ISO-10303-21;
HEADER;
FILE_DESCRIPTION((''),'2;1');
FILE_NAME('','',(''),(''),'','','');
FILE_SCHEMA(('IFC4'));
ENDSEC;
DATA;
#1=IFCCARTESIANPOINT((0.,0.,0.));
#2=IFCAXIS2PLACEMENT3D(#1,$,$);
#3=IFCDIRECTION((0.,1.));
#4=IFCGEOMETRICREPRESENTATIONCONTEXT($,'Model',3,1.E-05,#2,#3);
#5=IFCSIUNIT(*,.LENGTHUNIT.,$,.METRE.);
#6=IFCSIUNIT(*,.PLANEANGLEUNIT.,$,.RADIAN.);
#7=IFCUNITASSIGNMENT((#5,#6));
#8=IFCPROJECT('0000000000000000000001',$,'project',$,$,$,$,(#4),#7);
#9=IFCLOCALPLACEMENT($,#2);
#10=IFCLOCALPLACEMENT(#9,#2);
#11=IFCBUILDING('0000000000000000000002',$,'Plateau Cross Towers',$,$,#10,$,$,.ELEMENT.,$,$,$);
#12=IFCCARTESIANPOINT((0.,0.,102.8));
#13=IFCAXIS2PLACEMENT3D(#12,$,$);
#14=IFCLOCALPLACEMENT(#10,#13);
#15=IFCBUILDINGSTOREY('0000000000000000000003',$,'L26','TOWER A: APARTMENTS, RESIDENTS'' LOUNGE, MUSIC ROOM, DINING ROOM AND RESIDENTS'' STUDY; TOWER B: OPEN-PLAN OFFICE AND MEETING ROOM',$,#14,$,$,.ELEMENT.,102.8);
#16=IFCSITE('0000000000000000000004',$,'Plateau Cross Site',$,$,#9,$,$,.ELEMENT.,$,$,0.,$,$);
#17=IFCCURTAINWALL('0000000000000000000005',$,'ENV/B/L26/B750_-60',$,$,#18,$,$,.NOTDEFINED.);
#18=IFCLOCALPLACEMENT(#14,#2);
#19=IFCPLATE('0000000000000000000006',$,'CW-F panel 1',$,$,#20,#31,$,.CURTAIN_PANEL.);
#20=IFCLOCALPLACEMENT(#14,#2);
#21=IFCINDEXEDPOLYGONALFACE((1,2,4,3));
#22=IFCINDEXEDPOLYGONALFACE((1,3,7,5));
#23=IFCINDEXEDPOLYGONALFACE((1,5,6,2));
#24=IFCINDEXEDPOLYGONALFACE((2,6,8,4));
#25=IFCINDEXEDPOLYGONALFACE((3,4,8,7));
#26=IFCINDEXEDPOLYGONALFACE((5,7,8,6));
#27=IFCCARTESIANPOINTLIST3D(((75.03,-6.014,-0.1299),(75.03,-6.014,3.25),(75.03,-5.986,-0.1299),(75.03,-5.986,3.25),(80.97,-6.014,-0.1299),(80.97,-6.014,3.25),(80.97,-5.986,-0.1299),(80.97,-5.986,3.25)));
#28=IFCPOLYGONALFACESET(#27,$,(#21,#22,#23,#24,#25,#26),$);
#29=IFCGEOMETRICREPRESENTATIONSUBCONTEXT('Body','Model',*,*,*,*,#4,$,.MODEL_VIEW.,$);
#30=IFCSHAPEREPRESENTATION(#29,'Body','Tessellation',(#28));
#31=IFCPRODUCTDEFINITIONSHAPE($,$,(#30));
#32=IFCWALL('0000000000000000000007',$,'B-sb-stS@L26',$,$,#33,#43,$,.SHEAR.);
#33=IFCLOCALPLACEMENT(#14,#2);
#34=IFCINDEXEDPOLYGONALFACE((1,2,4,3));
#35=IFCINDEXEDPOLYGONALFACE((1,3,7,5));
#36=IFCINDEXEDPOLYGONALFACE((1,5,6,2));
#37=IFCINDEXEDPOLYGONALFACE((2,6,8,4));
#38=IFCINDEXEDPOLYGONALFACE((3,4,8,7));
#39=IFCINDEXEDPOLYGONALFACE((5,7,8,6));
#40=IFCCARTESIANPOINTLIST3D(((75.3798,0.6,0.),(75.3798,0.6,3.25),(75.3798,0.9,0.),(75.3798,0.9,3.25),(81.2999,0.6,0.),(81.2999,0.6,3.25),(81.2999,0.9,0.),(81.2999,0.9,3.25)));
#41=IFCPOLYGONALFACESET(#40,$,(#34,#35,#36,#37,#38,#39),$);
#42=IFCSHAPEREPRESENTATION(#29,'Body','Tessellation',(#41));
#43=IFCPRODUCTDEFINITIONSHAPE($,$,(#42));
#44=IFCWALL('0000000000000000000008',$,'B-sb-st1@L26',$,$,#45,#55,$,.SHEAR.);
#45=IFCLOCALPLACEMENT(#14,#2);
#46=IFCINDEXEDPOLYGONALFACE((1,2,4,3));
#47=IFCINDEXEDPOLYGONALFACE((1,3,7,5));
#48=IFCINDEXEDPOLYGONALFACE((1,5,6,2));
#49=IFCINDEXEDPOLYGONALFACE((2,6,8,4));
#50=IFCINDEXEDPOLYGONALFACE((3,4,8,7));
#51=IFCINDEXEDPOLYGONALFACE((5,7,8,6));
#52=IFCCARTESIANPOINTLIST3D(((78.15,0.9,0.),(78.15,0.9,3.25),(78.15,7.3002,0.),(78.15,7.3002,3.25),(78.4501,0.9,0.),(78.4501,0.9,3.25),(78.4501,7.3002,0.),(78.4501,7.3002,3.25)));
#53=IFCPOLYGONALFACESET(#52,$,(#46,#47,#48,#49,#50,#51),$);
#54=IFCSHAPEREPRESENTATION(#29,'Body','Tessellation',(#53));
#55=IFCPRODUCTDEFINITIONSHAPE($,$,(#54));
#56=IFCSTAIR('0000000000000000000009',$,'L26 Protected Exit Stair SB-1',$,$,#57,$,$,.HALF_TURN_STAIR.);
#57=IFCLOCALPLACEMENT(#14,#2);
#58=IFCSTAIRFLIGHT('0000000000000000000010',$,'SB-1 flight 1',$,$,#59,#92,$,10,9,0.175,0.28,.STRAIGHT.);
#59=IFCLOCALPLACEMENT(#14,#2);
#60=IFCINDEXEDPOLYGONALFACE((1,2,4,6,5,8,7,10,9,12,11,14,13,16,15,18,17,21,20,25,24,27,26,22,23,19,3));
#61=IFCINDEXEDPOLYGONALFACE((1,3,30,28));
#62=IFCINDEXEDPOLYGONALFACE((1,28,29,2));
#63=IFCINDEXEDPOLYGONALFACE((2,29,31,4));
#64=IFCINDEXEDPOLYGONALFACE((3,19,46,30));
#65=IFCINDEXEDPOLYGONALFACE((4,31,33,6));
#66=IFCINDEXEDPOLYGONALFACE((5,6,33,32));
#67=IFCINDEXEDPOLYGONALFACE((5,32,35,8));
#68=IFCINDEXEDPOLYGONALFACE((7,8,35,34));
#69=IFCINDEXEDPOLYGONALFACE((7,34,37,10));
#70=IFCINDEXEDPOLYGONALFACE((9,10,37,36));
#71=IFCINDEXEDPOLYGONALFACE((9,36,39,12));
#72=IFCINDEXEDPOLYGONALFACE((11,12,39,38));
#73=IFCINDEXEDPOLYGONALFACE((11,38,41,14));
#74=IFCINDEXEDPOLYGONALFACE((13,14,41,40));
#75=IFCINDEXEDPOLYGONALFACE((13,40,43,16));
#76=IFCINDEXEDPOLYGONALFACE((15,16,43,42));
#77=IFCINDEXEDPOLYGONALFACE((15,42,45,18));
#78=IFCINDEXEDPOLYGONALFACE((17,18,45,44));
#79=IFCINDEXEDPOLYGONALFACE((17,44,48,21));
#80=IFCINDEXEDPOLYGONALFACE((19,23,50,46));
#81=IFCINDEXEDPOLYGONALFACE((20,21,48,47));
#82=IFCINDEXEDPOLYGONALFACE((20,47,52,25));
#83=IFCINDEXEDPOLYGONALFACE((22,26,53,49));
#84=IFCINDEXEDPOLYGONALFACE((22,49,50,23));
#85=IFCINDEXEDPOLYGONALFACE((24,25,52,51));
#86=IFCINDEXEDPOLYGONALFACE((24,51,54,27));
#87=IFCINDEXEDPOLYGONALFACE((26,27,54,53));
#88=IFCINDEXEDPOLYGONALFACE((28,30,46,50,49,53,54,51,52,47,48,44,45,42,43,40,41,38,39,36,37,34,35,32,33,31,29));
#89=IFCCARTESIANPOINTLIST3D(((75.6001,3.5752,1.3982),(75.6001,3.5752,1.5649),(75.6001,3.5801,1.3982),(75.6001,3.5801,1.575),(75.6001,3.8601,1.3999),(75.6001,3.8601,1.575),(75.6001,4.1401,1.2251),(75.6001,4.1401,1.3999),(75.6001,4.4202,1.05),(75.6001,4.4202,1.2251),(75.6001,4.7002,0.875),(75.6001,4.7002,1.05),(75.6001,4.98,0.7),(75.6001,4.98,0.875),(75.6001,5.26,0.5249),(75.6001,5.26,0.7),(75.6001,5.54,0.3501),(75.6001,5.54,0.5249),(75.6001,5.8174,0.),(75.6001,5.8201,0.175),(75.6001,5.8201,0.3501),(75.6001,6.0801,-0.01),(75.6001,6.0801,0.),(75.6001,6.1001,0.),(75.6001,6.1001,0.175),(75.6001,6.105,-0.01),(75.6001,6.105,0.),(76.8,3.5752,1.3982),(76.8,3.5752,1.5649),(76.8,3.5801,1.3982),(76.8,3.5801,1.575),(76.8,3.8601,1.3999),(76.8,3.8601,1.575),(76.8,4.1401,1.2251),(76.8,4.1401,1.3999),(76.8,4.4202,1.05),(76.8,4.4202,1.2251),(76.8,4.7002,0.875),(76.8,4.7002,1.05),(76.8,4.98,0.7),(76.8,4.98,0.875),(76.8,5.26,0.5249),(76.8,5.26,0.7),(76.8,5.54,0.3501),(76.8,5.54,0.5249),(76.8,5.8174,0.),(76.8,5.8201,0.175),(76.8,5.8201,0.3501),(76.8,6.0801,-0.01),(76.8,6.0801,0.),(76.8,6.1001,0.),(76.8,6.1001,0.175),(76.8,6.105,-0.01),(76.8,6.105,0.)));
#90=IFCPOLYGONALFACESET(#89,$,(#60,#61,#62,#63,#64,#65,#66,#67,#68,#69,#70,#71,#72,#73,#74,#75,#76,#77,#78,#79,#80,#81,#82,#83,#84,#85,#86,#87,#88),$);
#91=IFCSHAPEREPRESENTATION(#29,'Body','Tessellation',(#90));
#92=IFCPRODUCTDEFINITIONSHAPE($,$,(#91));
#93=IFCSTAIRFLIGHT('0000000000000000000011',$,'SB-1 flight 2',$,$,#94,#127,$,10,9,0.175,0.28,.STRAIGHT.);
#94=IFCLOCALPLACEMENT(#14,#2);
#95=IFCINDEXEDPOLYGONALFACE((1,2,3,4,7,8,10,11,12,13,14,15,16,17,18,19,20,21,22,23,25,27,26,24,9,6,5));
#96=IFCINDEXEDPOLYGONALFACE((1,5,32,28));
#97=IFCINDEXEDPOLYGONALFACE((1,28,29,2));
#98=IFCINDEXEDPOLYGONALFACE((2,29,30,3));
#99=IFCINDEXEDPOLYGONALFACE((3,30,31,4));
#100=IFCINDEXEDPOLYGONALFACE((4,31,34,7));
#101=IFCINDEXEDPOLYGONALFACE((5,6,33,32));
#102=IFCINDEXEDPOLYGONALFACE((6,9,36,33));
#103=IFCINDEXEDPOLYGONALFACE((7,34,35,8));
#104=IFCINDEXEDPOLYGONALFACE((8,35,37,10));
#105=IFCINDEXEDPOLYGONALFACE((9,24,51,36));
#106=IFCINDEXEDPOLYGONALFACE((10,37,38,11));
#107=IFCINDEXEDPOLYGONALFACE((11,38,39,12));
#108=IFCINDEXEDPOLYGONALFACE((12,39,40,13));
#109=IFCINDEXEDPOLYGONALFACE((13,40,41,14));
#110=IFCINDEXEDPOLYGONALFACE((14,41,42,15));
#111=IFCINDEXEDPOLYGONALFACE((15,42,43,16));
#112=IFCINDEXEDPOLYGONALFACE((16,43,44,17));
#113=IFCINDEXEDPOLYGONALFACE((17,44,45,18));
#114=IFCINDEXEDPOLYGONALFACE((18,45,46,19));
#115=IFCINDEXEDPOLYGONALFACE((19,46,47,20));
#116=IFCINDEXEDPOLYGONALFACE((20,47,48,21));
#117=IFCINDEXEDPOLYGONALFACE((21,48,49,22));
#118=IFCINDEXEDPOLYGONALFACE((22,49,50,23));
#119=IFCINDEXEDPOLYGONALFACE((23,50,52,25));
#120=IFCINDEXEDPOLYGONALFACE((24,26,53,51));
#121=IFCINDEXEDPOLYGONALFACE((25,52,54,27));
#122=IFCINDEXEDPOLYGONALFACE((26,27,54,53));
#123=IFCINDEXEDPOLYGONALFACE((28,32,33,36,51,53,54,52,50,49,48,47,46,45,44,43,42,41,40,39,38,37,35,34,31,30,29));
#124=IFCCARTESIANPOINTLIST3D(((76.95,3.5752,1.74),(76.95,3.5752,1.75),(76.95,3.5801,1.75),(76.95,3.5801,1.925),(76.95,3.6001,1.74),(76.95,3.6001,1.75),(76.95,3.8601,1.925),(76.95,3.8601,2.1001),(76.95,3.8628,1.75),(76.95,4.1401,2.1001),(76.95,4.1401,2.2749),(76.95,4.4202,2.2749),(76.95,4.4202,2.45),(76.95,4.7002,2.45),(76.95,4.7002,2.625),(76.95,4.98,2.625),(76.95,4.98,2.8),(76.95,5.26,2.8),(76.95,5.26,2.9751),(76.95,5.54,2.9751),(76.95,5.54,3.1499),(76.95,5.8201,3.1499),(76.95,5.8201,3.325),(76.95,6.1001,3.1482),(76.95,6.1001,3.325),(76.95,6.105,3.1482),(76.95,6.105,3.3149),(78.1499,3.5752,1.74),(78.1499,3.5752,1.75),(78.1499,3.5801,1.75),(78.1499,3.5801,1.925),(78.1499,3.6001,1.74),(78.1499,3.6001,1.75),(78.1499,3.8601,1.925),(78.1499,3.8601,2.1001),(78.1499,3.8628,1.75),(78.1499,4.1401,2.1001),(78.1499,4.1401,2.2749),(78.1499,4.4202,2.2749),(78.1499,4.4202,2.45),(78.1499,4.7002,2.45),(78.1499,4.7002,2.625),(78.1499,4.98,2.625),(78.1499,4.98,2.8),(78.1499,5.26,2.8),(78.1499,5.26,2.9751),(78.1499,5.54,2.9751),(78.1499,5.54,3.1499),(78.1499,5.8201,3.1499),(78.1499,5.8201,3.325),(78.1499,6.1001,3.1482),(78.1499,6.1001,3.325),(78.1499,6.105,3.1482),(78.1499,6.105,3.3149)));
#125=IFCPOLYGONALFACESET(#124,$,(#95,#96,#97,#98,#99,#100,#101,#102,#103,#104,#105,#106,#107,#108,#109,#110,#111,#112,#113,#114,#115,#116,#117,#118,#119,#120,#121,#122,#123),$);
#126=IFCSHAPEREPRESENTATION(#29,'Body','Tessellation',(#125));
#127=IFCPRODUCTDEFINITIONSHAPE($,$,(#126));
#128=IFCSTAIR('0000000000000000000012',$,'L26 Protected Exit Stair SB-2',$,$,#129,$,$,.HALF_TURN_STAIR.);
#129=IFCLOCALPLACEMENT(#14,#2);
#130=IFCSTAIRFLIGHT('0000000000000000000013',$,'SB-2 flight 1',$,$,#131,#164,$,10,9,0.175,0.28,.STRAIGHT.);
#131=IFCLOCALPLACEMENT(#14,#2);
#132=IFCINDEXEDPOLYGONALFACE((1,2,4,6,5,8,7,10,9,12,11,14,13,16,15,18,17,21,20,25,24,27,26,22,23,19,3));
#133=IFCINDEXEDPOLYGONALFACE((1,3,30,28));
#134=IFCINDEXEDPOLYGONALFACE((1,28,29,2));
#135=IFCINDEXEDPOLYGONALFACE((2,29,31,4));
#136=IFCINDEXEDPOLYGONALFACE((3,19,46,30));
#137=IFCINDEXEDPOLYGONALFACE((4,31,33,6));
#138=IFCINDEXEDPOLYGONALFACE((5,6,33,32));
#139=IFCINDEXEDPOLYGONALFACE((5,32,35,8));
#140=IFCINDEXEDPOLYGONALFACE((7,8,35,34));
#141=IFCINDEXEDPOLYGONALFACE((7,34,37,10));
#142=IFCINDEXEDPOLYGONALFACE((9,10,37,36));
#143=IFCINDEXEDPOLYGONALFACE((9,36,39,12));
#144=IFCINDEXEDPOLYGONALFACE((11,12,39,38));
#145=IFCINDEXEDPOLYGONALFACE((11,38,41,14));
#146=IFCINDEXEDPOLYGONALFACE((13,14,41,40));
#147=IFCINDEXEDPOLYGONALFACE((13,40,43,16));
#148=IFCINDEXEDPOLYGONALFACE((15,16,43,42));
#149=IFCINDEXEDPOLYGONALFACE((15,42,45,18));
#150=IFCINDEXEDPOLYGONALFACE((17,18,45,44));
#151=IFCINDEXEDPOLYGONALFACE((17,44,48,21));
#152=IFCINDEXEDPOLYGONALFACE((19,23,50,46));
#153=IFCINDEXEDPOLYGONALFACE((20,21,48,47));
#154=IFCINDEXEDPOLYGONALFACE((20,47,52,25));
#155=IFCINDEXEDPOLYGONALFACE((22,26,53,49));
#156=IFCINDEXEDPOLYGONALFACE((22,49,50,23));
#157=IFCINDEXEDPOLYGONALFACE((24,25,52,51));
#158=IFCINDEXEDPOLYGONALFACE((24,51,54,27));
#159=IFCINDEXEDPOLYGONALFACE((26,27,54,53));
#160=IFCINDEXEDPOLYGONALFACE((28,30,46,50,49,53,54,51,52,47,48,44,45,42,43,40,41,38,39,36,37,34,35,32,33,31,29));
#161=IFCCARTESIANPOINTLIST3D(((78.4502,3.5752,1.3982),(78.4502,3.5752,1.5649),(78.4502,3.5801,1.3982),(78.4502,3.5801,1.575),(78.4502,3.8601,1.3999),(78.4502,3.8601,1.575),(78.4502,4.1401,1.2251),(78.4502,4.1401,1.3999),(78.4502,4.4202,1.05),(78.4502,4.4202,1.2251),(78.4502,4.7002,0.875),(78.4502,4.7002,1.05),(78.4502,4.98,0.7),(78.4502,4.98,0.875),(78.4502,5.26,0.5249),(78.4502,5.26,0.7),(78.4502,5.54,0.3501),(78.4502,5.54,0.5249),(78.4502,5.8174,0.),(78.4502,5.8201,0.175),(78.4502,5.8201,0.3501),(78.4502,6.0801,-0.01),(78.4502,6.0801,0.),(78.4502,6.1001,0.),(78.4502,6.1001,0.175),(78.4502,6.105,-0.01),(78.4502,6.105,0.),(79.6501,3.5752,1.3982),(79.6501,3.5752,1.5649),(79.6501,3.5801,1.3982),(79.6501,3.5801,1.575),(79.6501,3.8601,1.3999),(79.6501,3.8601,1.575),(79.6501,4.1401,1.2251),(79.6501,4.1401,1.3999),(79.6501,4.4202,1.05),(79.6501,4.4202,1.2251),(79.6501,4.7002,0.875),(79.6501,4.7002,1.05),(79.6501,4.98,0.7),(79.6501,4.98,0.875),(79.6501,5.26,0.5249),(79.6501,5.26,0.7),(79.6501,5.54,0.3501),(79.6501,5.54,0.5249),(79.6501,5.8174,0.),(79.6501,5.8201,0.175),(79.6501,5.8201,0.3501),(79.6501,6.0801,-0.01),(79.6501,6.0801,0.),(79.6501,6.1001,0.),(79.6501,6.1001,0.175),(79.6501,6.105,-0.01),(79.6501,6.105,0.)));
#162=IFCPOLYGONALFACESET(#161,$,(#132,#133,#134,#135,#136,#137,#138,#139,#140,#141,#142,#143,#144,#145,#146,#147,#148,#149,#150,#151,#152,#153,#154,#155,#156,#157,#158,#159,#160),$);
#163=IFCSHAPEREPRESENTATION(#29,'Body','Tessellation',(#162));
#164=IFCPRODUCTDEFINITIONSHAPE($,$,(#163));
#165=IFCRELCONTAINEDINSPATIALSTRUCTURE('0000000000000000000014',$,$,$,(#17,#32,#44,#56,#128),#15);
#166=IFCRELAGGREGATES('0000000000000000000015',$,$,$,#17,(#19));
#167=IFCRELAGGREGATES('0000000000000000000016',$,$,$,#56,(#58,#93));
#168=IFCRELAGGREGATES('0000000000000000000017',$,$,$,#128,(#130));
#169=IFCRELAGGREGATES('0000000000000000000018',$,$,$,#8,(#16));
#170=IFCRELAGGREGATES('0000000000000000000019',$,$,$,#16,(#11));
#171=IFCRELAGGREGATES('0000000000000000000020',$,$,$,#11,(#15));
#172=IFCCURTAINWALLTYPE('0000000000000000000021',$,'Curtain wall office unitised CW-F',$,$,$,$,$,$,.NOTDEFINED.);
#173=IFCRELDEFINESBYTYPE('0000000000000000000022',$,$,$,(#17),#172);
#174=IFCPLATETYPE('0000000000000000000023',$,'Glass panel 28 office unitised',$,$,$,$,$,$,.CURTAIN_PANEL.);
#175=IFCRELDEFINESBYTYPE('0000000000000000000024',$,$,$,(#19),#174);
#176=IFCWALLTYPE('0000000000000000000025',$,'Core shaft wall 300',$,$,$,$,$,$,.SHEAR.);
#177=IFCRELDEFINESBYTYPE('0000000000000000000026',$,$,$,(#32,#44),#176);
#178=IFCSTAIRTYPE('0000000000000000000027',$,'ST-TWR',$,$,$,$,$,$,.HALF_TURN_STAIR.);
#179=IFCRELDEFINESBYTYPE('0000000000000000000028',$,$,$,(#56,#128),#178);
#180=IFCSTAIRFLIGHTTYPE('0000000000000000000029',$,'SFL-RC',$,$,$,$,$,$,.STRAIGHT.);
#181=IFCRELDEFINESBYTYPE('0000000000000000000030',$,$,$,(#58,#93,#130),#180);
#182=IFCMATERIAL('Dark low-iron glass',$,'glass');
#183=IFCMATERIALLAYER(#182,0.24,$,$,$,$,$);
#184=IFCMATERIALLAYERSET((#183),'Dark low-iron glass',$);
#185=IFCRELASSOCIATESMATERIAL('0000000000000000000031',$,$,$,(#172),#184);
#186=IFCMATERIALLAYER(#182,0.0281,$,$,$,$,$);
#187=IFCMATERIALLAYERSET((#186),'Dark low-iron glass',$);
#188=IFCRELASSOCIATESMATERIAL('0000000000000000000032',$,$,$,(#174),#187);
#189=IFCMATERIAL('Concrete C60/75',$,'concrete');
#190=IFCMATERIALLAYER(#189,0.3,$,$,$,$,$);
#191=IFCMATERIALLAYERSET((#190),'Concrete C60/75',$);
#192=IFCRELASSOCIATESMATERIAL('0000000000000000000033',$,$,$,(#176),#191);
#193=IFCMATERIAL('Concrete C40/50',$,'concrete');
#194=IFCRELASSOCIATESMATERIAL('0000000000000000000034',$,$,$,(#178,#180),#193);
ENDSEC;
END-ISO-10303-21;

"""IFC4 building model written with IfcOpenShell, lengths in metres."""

from ifc_helpers import new_model, si_unit, direction, frame, frame_2d, origin, origin_2d, place, context, subcontext, project, spatial, polyline, rectangle, outline, extrude, material, layer, layer_set, type_object, element, aggregate, save


model = new_model("IFC4")

# Units and contexts
model_context = context("Model", 3, precision=1e-05, world=origin(), true_north=direction((0.0, 1.0)))
body_context = subcontext(model_context, "Body", "Model", "MODEL_VIEW")
ifc_project = project(units=[si_unit("LENGTHUNIT", "METRE"), si_unit("PLANEANGLEUNIT", "RADIAN")], contexts=[model_context])

# Site, building, storey
site_placement = place(None, origin())
site = spatial("IfcSite", under=ifc_project, at=site_placement, Name="Plateau Cross Site", CompositionType="ELEMENT", RefElevation=0.0)
building_placement = place(site_placement, origin())
building = spatial("IfcBuilding", under=site, at=building_placement, Name="Plateau Cross Towers", CompositionType="ELEMENT")
storey_placement = place(building_placement, frame((0.0, 0.0, 102.8)))
storey = spatial("IfcBuildingStorey", under=building, at=storey_placement, Name="L26", Description="TOWER A: APARTMENTS, RESIDENTS' LOUNGE, MUSIC ROOM, DINING ROOM AND RESIDENTS' STUDY; TOWER B: OPEN-PLAN OFFICE AND MEETING ROOM", CompositionType="ELEMENT", Elevation=102.8)

# Curtain wall, plate
ifc_material_1 = material(Name="Dark low-iron glass", Category="glass")
ifc_layer_1 = layer(ifc_material_1, 0.24)
ifc_layer_set_1 = layer_set([ifc_layer_1], Name="Dark low-iron glass")
curtain_wall_type = type_object("IfcCurtainWallType", Name="Curtain wall office unitised CW-F", PredefinedType="NOTDEFINED", material=ifc_layer_set_1)
curtain_wall_placement = place(storey_placement, origin())
curtain_wall = element("IfcCurtainWall", 1, at=curtain_wall_placement, inside=storey, type_object=curtain_wall_type, Name="ENV/B/L26/B750_-60", PredefinedType="NOTDEFINED")
ifc_layer_2 = layer(ifc_material_1, 0.0281)
ifc_layer_set_2 = layer_set([ifc_layer_2], Name="Dark low-iron glass")
plate_type = type_object("IfcPlateType", Name="Glass panel 28 office unitised", PredefinedType="CURTAIN_PANEL", material=ifc_layer_set_2)
plate_placement = place(storey_placement, frame((78.0, -6.0, -0.1299), z_axis=(0.0, 0.0, 1.0), x_axis=(1.0, 0.0, 0.0)))
plate = element("IfcPlate", 2, at=plate_placement, type_object=plate_type, Name="CW-F panel 1", PredefinedType="CURTAIN_PANEL", context=body_context, shape_type="SweptSolid", body=[
    extrude(rectangle(XDim=5.9399, YDim=0.0281, at=origin_2d()), origin(), (0.0, 0.0, 1.0), 3.3799),
])
aggregate(curtain_wall, [plate])

# Walls
ifc_material_2 = material(Name="Concrete C60/75", Category="concrete")
ifc_layer_3 = layer(ifc_material_2, 0.3)
ifc_layer_set_3 = layer_set([ifc_layer_3], Name="Concrete C60/75")
wall_type_1 = type_object("IfcWallType", Name="Core shaft wall 300", PredefinedType="SHEAR", material=ifc_layer_set_3)
wall_1_placement = place(storey_placement, frame((75.3799, 0.75, 0.0), z_axis=(0.0, 0.0, 1.0), x_axis=(1.0, 0.0, 0.0)))
element("IfcWall", 3, at=wall_1_placement, inside=storey, type_object=wall_type_1, Name="B-sb-stS@L26", PredefinedType="SHEAR", context=body_context, shape_type="SweptSolid", body=[
    extrude(rectangle(XDim=5.9202, YDim=0.3, at=frame_2d((2.96, 0.0))), origin(), (0.0, 0.0, 1.0), 3.25),
])
wall_2_placement = place(storey_placement, frame((78.3, 0.8999, 0.0), z_axis=(0.0, 0.0, 1.0), x_axis=(0.0, 1.0, 0.0)))
element("IfcWall", 4, at=wall_2_placement, inside=storey, type_object=wall_type_1, Name="B-sb-st1@L26", PredefinedType="SHEAR", context=body_context, shape_type="SweptSolid", body=[
    extrude(rectangle(XDim=6.4001, YDim=0.3, at=frame_2d((3.2002, 0.0))), origin(), (0.0, 0.0, 1.0), 3.25),
])

# Stair, stair flights
ifc_material_3 = material(Name="Concrete C40/50", Category="concrete")
stair_type = type_object("IfcStairType", Name="ST-TWR", PredefinedType="HALF_TURN_STAIR", material=ifc_material_3)
stair_1_placement = place(storey_placement, origin())
stair_1 = element("IfcStair", 5, at=stair_1_placement, inside=storey, type_object=stair_type, Name="L26 Protected Exit Stair SB-1", PredefinedType="HALF_TURN_STAIR")
stair_flight_type = type_object("IfcStairFlightType", Name="SFL-RC", PredefinedType="STRAIGHT", material=ifc_material_3)
stair_flight_1_placement = place(storey_placement, frame((76.2, 6.1001, 0.0), z_axis=(0.0, 0.0, 1.0), x_axis=(0.0, -1.0, 0.0)))
stair_flight_1 = element("IfcStairFlight", 6, at=stair_flight_1_placement, type_object=stair_flight_type, Name="SB-1 flight 1", NumberOfRisers=10, NumberOfTreads=9, PredefinedType="STRAIGHT", RiserHeight=0.175, TreadLength=0.28, context=body_context, shape_type="SweptSolid", body=[
    extrude(outline(polyline([(-0.0049, -0.01), (-0.0049, 0.0), (0.0, 0.0), (0.0, 0.175), (0.28, 0.175), (0.28, 0.3501), (0.5601, 0.3501), (0.5601, 0.5249), (0.8401, 0.5249), (0.8401, 0.7), (1.1201, 0.7), (1.1201, 0.875), (1.3999, 0.875), (1.3999, 1.05), (1.6799, 1.05), (1.6799, 1.2251), (1.96, 1.2251), (1.96, 1.3999), (2.24, 1.3999), (2.24, 1.575), (2.52, 1.575), (2.5249, 1.5649), (2.5249, 1.3982), (2.52, 1.3982), (0.2827, 0.0), (0.02, 0.0), (0.02, -0.01), (-0.0049, -0.01)])), frame((0.0, 0.6001, 0.0), z_axis=(0.0, -1.0, 0.0), x_axis=(1.0, 0.0, 0.0)), (0.0, 0.0, 1.0), 1.2),
])
stair_flight_2_placement = place(storey_placement, frame((77.55, 3.5801, 1.75), z_axis=(0.0, 0.0, 1.0), x_axis=(0.0, 1.0, 0.0)))
stair_flight_2 = element("IfcStairFlight", 7, at=stair_flight_2_placement, type_object=stair_flight_type, Name="SB-1 flight 2", NumberOfRisers=10, NumberOfTreads=9, PredefinedType="STRAIGHT", RiserHeight=0.175, TreadLength=0.28, context=body_context, shape_type="SweptSolid", body=[
    extrude(outline(polyline([(-0.0049, -0.01), (-0.0049, 0.0), (0.0, 0.0), (0.0, 0.175), (0.28, 0.175), (0.28, 0.3501), (0.5601, 0.3501), (0.5601, 0.5249), (0.8401, 0.5249), (0.8401, 0.7), (1.1201, 0.7), (1.1201, 0.875), (1.3999, 0.875), (1.3999, 1.05), (1.6799, 1.05), (1.6799, 1.2251), (1.96, 1.2251), (1.96, 1.3999), (2.24, 1.3999), (2.24, 1.575), (2.52, 1.575), (2.5249, 1.5649), (2.5249, 1.3982), (2.52, 1.3982), (0.2827, 0.0), (0.02, 0.0), (0.02, -0.01), (-0.0049, -0.01)])), frame((0.0, 0.6001, 0.0), z_axis=(0.0, -1.0, 0.0), x_axis=(1.0, 0.0, 0.0)), (0.0, 0.0, 1.0), 1.2),
])
aggregate(stair_1, [stair_flight_1, stair_flight_2])

# Stair, stair flight
stair_2_placement = place(storey_placement, origin())
stair_2 = element("IfcStair", 8, at=stair_2_placement, inside=storey, type_object=stair_type, Name="L26 Protected Exit Stair SB-2", PredefinedType="HALF_TURN_STAIR")
stair_flight_3_placement = place(storey_placement, frame((79.05, 6.1001, 0.0), z_axis=(0.0, 0.0, 1.0), x_axis=(0.0, -1.0, 0.0)))
stair_flight_3 = element("IfcStairFlight", 9, at=stair_flight_3_placement, type_object=stair_flight_type, Name="SB-2 flight 1", NumberOfRisers=10, NumberOfTreads=9, PredefinedType="STRAIGHT", RiserHeight=0.175, TreadLength=0.28, context=body_context, shape_type="SweptSolid", body=[
    extrude(outline(polyline([(-0.0049, -0.01), (-0.0049, 0.0), (0.0, 0.0), (0.0, 0.175), (0.28, 0.175), (0.28, 0.3501), (0.5601, 0.3501), (0.5601, 0.5249), (0.8401, 0.5249), (0.8401, 0.7), (1.1201, 0.7), (1.1201, 0.875), (1.3999, 0.875), (1.3999, 1.05), (1.6799, 1.05), (1.6799, 1.2251), (1.96, 1.2251), (1.96, 1.3999), (2.24, 1.3999), (2.24, 1.575), (2.52, 1.575), (2.5249, 1.5649), (2.5249, 1.3982), (2.52, 1.3982), (0.2827, 0.0), (0.02, 0.0), (0.02, -0.01), (-0.0049, -0.01)])), frame((0.0, 0.6001, 0.0), z_axis=(0.0, -1.0, 0.0), x_axis=(1.0, 0.0, 0.0)), (0.0, 0.0, 1.0), 1.2),
])
aggregate(stair_2, [stair_flight_3])

save(model, "model.ifc")
